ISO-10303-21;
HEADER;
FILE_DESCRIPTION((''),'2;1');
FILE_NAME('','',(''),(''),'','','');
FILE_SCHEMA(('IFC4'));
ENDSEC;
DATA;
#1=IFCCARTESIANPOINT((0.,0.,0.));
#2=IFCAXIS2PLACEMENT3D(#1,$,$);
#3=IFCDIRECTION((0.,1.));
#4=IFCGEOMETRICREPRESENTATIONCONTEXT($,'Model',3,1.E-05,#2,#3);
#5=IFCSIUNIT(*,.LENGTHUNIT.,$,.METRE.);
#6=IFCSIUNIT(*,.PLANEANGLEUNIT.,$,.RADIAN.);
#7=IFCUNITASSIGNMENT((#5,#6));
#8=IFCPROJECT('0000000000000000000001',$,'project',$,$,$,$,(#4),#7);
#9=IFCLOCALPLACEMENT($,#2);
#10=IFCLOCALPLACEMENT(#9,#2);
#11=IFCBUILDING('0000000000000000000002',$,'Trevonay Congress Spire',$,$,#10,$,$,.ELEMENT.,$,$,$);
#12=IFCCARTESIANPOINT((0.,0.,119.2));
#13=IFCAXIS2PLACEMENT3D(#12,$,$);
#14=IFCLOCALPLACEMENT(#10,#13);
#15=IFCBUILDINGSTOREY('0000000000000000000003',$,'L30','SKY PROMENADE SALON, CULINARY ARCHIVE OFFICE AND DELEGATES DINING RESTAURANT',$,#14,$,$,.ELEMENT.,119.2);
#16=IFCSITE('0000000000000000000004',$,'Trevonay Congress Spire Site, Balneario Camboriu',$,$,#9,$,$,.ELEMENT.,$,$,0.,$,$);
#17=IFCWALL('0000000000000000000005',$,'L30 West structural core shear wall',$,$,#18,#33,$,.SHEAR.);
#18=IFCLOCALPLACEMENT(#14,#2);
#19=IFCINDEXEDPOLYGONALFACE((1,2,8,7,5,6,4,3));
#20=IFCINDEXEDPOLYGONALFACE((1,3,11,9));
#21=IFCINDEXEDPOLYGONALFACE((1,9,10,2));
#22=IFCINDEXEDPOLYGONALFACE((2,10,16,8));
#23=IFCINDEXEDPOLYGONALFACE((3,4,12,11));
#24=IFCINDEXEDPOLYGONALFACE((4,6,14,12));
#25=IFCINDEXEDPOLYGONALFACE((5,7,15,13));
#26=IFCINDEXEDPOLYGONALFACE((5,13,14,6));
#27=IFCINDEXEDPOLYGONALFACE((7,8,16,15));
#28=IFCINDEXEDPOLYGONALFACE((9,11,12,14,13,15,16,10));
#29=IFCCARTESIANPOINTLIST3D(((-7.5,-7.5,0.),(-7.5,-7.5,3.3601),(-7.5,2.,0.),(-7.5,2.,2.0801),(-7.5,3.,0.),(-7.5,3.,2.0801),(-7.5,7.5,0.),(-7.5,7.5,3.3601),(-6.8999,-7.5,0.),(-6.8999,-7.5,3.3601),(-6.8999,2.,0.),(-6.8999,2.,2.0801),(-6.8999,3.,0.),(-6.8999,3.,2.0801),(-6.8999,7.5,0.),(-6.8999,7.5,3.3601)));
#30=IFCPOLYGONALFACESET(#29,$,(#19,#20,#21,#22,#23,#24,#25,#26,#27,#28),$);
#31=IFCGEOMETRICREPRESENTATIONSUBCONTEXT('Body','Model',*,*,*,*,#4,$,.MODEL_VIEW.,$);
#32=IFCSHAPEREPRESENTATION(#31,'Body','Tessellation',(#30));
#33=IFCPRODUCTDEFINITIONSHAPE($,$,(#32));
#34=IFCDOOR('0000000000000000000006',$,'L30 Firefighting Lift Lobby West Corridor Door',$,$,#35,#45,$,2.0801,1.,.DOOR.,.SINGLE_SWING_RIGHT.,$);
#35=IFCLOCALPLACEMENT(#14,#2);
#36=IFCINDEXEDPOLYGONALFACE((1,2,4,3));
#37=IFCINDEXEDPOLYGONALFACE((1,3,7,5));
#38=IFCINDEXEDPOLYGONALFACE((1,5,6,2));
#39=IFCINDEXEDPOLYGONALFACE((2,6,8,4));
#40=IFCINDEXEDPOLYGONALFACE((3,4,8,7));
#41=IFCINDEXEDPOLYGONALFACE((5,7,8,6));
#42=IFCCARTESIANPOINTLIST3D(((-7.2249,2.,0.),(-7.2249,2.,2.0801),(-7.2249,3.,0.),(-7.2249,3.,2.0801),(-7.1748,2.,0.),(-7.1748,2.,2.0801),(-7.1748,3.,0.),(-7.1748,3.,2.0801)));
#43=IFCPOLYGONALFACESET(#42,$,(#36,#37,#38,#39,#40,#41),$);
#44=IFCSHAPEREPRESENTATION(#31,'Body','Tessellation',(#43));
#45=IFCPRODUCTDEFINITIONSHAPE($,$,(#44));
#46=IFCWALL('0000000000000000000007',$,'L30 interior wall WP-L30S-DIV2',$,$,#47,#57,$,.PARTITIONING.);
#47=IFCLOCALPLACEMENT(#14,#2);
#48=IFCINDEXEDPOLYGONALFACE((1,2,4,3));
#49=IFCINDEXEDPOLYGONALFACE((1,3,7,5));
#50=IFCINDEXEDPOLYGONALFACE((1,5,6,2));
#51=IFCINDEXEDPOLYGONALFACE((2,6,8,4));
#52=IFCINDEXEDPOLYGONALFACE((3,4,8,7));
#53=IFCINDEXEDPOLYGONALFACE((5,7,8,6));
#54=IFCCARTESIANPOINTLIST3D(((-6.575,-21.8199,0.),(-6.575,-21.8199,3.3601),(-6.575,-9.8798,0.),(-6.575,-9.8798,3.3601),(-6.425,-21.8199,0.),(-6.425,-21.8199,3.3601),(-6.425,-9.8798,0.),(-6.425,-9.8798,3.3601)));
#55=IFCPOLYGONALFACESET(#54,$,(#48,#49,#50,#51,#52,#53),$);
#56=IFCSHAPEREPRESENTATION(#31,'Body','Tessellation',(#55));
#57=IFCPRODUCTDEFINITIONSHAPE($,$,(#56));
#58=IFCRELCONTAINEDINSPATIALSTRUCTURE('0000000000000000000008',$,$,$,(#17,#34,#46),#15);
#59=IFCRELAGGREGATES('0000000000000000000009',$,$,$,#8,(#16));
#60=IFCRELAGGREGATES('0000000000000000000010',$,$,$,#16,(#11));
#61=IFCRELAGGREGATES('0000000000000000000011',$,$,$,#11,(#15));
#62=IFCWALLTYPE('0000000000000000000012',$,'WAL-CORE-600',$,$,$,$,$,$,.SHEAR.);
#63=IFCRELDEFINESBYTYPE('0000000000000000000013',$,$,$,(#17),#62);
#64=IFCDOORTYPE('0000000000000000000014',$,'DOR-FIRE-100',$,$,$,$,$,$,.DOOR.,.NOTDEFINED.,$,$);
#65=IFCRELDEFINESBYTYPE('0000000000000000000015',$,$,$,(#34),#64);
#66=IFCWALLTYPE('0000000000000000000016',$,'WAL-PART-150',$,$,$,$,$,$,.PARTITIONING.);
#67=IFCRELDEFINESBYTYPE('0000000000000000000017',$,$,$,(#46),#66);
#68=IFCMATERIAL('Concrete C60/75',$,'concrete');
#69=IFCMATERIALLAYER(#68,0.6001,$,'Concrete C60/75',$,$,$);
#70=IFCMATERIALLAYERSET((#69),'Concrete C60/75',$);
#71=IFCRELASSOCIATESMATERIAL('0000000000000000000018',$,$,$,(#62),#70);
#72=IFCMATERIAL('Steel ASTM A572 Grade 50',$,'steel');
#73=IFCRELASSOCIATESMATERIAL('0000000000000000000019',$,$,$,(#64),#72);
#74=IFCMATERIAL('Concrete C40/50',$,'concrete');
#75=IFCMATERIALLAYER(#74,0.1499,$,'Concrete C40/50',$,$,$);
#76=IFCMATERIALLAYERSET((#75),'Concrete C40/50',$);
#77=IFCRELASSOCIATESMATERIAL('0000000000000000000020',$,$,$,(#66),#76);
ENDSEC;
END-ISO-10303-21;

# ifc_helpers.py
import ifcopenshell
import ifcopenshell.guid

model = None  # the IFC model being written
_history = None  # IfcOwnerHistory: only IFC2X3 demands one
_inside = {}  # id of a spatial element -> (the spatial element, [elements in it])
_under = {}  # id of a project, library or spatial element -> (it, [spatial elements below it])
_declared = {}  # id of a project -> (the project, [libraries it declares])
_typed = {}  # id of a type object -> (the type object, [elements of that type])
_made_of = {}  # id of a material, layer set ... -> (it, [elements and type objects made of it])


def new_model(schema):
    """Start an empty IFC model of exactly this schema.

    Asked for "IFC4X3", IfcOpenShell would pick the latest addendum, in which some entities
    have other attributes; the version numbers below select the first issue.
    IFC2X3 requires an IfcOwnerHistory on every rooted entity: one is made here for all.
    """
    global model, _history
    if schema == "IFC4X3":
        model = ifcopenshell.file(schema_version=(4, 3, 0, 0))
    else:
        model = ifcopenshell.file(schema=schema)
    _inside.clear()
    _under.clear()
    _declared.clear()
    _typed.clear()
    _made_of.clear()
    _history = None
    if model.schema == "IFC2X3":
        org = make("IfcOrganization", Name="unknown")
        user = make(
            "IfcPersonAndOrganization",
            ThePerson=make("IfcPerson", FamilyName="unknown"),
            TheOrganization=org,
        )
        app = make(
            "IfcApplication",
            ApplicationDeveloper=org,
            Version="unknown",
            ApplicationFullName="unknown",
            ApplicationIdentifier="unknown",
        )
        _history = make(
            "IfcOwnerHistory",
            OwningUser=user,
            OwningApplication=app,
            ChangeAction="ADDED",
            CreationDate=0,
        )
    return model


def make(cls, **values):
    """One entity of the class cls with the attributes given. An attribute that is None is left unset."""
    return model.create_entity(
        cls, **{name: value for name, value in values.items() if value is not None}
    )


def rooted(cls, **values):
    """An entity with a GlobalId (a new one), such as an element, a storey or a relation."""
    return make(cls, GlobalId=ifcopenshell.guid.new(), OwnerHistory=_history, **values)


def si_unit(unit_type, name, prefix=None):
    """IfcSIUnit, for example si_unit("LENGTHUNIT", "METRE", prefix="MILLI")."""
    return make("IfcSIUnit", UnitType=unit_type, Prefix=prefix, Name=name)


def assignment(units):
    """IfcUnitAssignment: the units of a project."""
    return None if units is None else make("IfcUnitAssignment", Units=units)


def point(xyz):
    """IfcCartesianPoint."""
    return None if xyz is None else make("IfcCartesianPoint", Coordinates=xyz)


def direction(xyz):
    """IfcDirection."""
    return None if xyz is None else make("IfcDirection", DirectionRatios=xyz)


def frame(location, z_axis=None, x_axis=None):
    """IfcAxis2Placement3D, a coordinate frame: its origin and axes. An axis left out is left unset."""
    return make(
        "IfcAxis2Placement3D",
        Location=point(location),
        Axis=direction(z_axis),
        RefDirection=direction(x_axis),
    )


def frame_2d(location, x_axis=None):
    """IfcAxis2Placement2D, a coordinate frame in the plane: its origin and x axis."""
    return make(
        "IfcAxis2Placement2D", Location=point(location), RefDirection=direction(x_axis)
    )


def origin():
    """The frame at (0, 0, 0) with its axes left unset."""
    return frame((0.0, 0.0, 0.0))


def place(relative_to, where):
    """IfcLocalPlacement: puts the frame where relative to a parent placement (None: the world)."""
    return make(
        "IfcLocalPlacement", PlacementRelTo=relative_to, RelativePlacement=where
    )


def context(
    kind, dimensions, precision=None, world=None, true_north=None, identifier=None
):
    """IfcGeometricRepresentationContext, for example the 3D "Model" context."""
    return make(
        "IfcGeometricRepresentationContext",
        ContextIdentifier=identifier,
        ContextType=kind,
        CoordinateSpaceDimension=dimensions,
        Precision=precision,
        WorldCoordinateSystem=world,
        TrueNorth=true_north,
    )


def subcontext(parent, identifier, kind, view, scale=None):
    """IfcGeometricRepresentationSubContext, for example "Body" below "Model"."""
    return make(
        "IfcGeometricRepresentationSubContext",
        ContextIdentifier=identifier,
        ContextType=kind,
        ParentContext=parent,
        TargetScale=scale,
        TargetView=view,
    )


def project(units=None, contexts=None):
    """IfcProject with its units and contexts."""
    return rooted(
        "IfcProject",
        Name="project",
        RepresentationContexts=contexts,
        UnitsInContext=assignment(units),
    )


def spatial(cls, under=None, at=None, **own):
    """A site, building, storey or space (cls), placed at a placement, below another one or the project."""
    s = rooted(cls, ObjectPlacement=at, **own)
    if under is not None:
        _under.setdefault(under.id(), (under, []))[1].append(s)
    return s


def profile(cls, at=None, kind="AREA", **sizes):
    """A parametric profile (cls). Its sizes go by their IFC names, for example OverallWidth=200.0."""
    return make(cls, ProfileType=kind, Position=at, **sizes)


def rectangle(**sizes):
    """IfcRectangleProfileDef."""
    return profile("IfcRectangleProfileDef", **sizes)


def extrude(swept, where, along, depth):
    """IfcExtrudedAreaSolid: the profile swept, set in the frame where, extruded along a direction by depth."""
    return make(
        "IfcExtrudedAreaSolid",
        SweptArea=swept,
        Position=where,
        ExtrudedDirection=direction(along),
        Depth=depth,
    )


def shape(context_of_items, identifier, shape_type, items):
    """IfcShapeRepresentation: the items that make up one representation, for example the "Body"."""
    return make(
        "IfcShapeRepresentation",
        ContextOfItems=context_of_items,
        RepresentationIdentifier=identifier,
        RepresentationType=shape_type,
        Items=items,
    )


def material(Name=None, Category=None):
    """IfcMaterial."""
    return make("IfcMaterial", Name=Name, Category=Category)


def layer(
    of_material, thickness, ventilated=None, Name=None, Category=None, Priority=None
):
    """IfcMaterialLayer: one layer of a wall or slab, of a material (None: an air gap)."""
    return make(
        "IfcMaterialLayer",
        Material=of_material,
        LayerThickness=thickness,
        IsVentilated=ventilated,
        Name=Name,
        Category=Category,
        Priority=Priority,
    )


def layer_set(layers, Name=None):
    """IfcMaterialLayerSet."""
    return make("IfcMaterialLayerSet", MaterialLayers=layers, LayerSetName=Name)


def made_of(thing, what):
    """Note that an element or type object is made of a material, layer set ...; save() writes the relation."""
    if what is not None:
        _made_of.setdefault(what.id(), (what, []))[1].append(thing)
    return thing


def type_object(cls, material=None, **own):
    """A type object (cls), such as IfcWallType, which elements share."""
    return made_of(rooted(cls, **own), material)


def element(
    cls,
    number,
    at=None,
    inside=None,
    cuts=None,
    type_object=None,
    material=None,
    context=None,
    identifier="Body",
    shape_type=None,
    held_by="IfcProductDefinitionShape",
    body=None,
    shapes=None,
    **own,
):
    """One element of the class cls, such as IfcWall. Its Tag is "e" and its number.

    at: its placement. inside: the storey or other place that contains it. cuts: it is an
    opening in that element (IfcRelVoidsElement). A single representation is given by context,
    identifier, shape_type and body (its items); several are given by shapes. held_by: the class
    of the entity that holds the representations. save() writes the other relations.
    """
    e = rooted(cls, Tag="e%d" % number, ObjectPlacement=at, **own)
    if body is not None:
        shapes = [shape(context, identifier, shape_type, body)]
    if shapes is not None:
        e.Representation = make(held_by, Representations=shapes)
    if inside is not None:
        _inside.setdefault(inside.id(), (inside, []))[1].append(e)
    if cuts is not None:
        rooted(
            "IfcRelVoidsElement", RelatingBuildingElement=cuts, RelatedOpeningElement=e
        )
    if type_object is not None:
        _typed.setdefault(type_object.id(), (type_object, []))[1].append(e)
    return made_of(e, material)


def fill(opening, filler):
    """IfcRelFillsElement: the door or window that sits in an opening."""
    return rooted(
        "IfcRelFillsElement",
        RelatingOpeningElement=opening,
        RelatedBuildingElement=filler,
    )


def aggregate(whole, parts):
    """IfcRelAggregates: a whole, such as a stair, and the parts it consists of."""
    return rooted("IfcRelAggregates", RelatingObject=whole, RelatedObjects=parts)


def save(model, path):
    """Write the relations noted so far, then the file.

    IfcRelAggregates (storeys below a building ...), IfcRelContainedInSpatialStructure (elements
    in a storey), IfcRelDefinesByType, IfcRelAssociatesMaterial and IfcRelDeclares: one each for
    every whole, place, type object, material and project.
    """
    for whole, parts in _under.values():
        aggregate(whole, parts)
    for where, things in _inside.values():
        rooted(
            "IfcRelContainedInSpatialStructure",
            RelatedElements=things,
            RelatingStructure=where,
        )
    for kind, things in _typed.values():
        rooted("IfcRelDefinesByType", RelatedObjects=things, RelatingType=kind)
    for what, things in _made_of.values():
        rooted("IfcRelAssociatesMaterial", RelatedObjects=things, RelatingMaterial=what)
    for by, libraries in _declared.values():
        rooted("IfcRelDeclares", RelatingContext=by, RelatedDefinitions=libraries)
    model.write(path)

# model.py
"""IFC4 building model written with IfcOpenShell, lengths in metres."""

from ifc_helpers import new_model, si_unit, direction, frame, frame_2d, origin, place, context, subcontext, project, spatial, rectangle, extrude, material, layer, layer_set, type_object, element, fill, save


model = new_model("IFC4")

# Units and contexts
model_context = context("Model", 3, precision=1e-05, world=origin(), true_north=direction((0.0, 1.0)))
body_context = subcontext(model_context, "Body", "Model", "MODEL_VIEW")
ifc_project = project(units=[si_unit("LENGTHUNIT", "METRE"), si_unit("PLANEANGLEUNIT", "RADIAN")], contexts=[model_context])

# Site, building, storey
site_placement = place(None, origin())
site = spatial("IfcSite", under=ifc_project, at=site_placement, Name="Trevonay Congress Spire Site, Balneario Camboriu", CompositionType="ELEMENT", RefElevation=0.0)
building_placement = place(site_placement, origin())
building = spatial("IfcBuilding", under=site, at=building_placement, Name="Trevonay Congress Spire", CompositionType="ELEMENT")
storey_placement = place(building_placement, frame((0.0, 0.0, 119.2)))
storey = spatial("IfcBuildingStorey", under=building, at=storey_placement, Name="L30", Description="SKY PROMENADE SALON, CULINARY ARCHIVE OFFICE AND DELEGATES DINING RESTAURANT", CompositionType="ELEMENT", Elevation=119.2)

# Shared definitions
ifc_material_1 = material(Name="Steel ASTM A572 Grade 50", Category="steel")

# Wall, opening, door
ifc_material_2 = material(Name="Concrete C60/75", Category="concrete")
ifc_layer_1 = layer(ifc_material_2, 0.6001, Name="Concrete C60/75")
ifc_layer_set_1 = layer_set([ifc_layer_1], Name="Concrete C60/75")
wall_type_1 = type_object("IfcWallType", Name="WAL-CORE-600", PredefinedType="SHEAR", material=ifc_layer_set_1)
wall_1_placement = place(storey_placement, frame((-7.2, -7.5, 0.0), z_axis=(0.0, 0.0, 1.0), x_axis=(0.0, 1.0, 0.0)))
wall_1 = element("IfcWall", 1, at=wall_1_placement, inside=storey, type_object=wall_type_1, Name="L30 West structural core shear wall", PredefinedType="SHEAR", context=body_context, shape_type="SweptSolid", body=[
    extrude(rectangle(XDim=15.0, YDim=0.6001, at=frame_2d((7.5, 0.0))), origin(), (0.0, 0.0, 1.0), 3.3601),
])
opening_placement = place(wall_1_placement, frame((9.5, 0.0, 0.0)))
opening = element("IfcOpeningElement", 2, at=opening_placement, cuts=wall_1, PredefinedType="OPENING", context=body_context, shape_type="SweptSolid", body=[
    extrude(rectangle(XDim=1.0, YDim=2.0801, at=frame_2d((0.5, 1.04))), frame((0.0, 0.3101, 0.0), z_axis=(0.0, -1.0, 0.0), x_axis=(1.0, 0.0, 0.0)), (0.0, 0.0, 1.0), 0.6201),
])
door_type = type_object("IfcDoorType", Name="DOR-FIRE-100", OperationType="NOTDEFINED", PredefinedType="DOOR", material=ifc_material_1)
door_placement = place(opening_placement, origin())
door = element("IfcDoor", 3, at=door_placement, inside=storey, type_object=door_type, Name="L30 Firefighting Lift Lobby West Corridor Door", OperationType="SINGLE_SWING_RIGHT", OverallHeight=2.0801, OverallWidth=1.0, PredefinedType="DOOR", context=body_context, shape_type="SweptSolid", body=[
    extrude(rectangle(XDim=1.0, YDim=2.0801, at=frame_2d((0.5, 1.04))), frame((0.0, 0.0249, 0.0), z_axis=(0.0, -1.0, 0.0), x_axis=(1.0, 0.0, 0.0)), (0.0, 0.0, 1.0), 0.05),
])
fill(opening, door)

# Wall
ifc_material_3 = material(Name="Concrete C40/50", Category="concrete")
ifc_layer_2 = layer(ifc_material_3, 0.1499, Name="Concrete C40/50")
ifc_layer_set_2 = layer_set([ifc_layer_2], Name="Concrete C40/50")
wall_type_2 = type_object("IfcWallType", Name="WAL-PART-150", PredefinedType="PARTITIONING", material=ifc_layer_set_2)
wall_2_placement = place(storey_placement, frame((-6.5, -21.8201, 0.0), z_axis=(0.0, 0.0, 1.0), x_axis=(0.0, 1.0, 0.0)))
element("IfcWall", 4, at=wall_2_placement, inside=storey, type_object=wall_type_2, Name="L30 interior wall WP-L30S-DIV2", PredefinedType="PARTITIONING", context=body_context, shape_type="SweptSolid", body=[
    extrude(rectangle(XDim=11.9402, YDim=0.1499, at=frame_2d((5.9702, 0.0))), origin(), (0.0, 0.0, 1.0), 3.3601),
])

save(model, "model.ifc")
